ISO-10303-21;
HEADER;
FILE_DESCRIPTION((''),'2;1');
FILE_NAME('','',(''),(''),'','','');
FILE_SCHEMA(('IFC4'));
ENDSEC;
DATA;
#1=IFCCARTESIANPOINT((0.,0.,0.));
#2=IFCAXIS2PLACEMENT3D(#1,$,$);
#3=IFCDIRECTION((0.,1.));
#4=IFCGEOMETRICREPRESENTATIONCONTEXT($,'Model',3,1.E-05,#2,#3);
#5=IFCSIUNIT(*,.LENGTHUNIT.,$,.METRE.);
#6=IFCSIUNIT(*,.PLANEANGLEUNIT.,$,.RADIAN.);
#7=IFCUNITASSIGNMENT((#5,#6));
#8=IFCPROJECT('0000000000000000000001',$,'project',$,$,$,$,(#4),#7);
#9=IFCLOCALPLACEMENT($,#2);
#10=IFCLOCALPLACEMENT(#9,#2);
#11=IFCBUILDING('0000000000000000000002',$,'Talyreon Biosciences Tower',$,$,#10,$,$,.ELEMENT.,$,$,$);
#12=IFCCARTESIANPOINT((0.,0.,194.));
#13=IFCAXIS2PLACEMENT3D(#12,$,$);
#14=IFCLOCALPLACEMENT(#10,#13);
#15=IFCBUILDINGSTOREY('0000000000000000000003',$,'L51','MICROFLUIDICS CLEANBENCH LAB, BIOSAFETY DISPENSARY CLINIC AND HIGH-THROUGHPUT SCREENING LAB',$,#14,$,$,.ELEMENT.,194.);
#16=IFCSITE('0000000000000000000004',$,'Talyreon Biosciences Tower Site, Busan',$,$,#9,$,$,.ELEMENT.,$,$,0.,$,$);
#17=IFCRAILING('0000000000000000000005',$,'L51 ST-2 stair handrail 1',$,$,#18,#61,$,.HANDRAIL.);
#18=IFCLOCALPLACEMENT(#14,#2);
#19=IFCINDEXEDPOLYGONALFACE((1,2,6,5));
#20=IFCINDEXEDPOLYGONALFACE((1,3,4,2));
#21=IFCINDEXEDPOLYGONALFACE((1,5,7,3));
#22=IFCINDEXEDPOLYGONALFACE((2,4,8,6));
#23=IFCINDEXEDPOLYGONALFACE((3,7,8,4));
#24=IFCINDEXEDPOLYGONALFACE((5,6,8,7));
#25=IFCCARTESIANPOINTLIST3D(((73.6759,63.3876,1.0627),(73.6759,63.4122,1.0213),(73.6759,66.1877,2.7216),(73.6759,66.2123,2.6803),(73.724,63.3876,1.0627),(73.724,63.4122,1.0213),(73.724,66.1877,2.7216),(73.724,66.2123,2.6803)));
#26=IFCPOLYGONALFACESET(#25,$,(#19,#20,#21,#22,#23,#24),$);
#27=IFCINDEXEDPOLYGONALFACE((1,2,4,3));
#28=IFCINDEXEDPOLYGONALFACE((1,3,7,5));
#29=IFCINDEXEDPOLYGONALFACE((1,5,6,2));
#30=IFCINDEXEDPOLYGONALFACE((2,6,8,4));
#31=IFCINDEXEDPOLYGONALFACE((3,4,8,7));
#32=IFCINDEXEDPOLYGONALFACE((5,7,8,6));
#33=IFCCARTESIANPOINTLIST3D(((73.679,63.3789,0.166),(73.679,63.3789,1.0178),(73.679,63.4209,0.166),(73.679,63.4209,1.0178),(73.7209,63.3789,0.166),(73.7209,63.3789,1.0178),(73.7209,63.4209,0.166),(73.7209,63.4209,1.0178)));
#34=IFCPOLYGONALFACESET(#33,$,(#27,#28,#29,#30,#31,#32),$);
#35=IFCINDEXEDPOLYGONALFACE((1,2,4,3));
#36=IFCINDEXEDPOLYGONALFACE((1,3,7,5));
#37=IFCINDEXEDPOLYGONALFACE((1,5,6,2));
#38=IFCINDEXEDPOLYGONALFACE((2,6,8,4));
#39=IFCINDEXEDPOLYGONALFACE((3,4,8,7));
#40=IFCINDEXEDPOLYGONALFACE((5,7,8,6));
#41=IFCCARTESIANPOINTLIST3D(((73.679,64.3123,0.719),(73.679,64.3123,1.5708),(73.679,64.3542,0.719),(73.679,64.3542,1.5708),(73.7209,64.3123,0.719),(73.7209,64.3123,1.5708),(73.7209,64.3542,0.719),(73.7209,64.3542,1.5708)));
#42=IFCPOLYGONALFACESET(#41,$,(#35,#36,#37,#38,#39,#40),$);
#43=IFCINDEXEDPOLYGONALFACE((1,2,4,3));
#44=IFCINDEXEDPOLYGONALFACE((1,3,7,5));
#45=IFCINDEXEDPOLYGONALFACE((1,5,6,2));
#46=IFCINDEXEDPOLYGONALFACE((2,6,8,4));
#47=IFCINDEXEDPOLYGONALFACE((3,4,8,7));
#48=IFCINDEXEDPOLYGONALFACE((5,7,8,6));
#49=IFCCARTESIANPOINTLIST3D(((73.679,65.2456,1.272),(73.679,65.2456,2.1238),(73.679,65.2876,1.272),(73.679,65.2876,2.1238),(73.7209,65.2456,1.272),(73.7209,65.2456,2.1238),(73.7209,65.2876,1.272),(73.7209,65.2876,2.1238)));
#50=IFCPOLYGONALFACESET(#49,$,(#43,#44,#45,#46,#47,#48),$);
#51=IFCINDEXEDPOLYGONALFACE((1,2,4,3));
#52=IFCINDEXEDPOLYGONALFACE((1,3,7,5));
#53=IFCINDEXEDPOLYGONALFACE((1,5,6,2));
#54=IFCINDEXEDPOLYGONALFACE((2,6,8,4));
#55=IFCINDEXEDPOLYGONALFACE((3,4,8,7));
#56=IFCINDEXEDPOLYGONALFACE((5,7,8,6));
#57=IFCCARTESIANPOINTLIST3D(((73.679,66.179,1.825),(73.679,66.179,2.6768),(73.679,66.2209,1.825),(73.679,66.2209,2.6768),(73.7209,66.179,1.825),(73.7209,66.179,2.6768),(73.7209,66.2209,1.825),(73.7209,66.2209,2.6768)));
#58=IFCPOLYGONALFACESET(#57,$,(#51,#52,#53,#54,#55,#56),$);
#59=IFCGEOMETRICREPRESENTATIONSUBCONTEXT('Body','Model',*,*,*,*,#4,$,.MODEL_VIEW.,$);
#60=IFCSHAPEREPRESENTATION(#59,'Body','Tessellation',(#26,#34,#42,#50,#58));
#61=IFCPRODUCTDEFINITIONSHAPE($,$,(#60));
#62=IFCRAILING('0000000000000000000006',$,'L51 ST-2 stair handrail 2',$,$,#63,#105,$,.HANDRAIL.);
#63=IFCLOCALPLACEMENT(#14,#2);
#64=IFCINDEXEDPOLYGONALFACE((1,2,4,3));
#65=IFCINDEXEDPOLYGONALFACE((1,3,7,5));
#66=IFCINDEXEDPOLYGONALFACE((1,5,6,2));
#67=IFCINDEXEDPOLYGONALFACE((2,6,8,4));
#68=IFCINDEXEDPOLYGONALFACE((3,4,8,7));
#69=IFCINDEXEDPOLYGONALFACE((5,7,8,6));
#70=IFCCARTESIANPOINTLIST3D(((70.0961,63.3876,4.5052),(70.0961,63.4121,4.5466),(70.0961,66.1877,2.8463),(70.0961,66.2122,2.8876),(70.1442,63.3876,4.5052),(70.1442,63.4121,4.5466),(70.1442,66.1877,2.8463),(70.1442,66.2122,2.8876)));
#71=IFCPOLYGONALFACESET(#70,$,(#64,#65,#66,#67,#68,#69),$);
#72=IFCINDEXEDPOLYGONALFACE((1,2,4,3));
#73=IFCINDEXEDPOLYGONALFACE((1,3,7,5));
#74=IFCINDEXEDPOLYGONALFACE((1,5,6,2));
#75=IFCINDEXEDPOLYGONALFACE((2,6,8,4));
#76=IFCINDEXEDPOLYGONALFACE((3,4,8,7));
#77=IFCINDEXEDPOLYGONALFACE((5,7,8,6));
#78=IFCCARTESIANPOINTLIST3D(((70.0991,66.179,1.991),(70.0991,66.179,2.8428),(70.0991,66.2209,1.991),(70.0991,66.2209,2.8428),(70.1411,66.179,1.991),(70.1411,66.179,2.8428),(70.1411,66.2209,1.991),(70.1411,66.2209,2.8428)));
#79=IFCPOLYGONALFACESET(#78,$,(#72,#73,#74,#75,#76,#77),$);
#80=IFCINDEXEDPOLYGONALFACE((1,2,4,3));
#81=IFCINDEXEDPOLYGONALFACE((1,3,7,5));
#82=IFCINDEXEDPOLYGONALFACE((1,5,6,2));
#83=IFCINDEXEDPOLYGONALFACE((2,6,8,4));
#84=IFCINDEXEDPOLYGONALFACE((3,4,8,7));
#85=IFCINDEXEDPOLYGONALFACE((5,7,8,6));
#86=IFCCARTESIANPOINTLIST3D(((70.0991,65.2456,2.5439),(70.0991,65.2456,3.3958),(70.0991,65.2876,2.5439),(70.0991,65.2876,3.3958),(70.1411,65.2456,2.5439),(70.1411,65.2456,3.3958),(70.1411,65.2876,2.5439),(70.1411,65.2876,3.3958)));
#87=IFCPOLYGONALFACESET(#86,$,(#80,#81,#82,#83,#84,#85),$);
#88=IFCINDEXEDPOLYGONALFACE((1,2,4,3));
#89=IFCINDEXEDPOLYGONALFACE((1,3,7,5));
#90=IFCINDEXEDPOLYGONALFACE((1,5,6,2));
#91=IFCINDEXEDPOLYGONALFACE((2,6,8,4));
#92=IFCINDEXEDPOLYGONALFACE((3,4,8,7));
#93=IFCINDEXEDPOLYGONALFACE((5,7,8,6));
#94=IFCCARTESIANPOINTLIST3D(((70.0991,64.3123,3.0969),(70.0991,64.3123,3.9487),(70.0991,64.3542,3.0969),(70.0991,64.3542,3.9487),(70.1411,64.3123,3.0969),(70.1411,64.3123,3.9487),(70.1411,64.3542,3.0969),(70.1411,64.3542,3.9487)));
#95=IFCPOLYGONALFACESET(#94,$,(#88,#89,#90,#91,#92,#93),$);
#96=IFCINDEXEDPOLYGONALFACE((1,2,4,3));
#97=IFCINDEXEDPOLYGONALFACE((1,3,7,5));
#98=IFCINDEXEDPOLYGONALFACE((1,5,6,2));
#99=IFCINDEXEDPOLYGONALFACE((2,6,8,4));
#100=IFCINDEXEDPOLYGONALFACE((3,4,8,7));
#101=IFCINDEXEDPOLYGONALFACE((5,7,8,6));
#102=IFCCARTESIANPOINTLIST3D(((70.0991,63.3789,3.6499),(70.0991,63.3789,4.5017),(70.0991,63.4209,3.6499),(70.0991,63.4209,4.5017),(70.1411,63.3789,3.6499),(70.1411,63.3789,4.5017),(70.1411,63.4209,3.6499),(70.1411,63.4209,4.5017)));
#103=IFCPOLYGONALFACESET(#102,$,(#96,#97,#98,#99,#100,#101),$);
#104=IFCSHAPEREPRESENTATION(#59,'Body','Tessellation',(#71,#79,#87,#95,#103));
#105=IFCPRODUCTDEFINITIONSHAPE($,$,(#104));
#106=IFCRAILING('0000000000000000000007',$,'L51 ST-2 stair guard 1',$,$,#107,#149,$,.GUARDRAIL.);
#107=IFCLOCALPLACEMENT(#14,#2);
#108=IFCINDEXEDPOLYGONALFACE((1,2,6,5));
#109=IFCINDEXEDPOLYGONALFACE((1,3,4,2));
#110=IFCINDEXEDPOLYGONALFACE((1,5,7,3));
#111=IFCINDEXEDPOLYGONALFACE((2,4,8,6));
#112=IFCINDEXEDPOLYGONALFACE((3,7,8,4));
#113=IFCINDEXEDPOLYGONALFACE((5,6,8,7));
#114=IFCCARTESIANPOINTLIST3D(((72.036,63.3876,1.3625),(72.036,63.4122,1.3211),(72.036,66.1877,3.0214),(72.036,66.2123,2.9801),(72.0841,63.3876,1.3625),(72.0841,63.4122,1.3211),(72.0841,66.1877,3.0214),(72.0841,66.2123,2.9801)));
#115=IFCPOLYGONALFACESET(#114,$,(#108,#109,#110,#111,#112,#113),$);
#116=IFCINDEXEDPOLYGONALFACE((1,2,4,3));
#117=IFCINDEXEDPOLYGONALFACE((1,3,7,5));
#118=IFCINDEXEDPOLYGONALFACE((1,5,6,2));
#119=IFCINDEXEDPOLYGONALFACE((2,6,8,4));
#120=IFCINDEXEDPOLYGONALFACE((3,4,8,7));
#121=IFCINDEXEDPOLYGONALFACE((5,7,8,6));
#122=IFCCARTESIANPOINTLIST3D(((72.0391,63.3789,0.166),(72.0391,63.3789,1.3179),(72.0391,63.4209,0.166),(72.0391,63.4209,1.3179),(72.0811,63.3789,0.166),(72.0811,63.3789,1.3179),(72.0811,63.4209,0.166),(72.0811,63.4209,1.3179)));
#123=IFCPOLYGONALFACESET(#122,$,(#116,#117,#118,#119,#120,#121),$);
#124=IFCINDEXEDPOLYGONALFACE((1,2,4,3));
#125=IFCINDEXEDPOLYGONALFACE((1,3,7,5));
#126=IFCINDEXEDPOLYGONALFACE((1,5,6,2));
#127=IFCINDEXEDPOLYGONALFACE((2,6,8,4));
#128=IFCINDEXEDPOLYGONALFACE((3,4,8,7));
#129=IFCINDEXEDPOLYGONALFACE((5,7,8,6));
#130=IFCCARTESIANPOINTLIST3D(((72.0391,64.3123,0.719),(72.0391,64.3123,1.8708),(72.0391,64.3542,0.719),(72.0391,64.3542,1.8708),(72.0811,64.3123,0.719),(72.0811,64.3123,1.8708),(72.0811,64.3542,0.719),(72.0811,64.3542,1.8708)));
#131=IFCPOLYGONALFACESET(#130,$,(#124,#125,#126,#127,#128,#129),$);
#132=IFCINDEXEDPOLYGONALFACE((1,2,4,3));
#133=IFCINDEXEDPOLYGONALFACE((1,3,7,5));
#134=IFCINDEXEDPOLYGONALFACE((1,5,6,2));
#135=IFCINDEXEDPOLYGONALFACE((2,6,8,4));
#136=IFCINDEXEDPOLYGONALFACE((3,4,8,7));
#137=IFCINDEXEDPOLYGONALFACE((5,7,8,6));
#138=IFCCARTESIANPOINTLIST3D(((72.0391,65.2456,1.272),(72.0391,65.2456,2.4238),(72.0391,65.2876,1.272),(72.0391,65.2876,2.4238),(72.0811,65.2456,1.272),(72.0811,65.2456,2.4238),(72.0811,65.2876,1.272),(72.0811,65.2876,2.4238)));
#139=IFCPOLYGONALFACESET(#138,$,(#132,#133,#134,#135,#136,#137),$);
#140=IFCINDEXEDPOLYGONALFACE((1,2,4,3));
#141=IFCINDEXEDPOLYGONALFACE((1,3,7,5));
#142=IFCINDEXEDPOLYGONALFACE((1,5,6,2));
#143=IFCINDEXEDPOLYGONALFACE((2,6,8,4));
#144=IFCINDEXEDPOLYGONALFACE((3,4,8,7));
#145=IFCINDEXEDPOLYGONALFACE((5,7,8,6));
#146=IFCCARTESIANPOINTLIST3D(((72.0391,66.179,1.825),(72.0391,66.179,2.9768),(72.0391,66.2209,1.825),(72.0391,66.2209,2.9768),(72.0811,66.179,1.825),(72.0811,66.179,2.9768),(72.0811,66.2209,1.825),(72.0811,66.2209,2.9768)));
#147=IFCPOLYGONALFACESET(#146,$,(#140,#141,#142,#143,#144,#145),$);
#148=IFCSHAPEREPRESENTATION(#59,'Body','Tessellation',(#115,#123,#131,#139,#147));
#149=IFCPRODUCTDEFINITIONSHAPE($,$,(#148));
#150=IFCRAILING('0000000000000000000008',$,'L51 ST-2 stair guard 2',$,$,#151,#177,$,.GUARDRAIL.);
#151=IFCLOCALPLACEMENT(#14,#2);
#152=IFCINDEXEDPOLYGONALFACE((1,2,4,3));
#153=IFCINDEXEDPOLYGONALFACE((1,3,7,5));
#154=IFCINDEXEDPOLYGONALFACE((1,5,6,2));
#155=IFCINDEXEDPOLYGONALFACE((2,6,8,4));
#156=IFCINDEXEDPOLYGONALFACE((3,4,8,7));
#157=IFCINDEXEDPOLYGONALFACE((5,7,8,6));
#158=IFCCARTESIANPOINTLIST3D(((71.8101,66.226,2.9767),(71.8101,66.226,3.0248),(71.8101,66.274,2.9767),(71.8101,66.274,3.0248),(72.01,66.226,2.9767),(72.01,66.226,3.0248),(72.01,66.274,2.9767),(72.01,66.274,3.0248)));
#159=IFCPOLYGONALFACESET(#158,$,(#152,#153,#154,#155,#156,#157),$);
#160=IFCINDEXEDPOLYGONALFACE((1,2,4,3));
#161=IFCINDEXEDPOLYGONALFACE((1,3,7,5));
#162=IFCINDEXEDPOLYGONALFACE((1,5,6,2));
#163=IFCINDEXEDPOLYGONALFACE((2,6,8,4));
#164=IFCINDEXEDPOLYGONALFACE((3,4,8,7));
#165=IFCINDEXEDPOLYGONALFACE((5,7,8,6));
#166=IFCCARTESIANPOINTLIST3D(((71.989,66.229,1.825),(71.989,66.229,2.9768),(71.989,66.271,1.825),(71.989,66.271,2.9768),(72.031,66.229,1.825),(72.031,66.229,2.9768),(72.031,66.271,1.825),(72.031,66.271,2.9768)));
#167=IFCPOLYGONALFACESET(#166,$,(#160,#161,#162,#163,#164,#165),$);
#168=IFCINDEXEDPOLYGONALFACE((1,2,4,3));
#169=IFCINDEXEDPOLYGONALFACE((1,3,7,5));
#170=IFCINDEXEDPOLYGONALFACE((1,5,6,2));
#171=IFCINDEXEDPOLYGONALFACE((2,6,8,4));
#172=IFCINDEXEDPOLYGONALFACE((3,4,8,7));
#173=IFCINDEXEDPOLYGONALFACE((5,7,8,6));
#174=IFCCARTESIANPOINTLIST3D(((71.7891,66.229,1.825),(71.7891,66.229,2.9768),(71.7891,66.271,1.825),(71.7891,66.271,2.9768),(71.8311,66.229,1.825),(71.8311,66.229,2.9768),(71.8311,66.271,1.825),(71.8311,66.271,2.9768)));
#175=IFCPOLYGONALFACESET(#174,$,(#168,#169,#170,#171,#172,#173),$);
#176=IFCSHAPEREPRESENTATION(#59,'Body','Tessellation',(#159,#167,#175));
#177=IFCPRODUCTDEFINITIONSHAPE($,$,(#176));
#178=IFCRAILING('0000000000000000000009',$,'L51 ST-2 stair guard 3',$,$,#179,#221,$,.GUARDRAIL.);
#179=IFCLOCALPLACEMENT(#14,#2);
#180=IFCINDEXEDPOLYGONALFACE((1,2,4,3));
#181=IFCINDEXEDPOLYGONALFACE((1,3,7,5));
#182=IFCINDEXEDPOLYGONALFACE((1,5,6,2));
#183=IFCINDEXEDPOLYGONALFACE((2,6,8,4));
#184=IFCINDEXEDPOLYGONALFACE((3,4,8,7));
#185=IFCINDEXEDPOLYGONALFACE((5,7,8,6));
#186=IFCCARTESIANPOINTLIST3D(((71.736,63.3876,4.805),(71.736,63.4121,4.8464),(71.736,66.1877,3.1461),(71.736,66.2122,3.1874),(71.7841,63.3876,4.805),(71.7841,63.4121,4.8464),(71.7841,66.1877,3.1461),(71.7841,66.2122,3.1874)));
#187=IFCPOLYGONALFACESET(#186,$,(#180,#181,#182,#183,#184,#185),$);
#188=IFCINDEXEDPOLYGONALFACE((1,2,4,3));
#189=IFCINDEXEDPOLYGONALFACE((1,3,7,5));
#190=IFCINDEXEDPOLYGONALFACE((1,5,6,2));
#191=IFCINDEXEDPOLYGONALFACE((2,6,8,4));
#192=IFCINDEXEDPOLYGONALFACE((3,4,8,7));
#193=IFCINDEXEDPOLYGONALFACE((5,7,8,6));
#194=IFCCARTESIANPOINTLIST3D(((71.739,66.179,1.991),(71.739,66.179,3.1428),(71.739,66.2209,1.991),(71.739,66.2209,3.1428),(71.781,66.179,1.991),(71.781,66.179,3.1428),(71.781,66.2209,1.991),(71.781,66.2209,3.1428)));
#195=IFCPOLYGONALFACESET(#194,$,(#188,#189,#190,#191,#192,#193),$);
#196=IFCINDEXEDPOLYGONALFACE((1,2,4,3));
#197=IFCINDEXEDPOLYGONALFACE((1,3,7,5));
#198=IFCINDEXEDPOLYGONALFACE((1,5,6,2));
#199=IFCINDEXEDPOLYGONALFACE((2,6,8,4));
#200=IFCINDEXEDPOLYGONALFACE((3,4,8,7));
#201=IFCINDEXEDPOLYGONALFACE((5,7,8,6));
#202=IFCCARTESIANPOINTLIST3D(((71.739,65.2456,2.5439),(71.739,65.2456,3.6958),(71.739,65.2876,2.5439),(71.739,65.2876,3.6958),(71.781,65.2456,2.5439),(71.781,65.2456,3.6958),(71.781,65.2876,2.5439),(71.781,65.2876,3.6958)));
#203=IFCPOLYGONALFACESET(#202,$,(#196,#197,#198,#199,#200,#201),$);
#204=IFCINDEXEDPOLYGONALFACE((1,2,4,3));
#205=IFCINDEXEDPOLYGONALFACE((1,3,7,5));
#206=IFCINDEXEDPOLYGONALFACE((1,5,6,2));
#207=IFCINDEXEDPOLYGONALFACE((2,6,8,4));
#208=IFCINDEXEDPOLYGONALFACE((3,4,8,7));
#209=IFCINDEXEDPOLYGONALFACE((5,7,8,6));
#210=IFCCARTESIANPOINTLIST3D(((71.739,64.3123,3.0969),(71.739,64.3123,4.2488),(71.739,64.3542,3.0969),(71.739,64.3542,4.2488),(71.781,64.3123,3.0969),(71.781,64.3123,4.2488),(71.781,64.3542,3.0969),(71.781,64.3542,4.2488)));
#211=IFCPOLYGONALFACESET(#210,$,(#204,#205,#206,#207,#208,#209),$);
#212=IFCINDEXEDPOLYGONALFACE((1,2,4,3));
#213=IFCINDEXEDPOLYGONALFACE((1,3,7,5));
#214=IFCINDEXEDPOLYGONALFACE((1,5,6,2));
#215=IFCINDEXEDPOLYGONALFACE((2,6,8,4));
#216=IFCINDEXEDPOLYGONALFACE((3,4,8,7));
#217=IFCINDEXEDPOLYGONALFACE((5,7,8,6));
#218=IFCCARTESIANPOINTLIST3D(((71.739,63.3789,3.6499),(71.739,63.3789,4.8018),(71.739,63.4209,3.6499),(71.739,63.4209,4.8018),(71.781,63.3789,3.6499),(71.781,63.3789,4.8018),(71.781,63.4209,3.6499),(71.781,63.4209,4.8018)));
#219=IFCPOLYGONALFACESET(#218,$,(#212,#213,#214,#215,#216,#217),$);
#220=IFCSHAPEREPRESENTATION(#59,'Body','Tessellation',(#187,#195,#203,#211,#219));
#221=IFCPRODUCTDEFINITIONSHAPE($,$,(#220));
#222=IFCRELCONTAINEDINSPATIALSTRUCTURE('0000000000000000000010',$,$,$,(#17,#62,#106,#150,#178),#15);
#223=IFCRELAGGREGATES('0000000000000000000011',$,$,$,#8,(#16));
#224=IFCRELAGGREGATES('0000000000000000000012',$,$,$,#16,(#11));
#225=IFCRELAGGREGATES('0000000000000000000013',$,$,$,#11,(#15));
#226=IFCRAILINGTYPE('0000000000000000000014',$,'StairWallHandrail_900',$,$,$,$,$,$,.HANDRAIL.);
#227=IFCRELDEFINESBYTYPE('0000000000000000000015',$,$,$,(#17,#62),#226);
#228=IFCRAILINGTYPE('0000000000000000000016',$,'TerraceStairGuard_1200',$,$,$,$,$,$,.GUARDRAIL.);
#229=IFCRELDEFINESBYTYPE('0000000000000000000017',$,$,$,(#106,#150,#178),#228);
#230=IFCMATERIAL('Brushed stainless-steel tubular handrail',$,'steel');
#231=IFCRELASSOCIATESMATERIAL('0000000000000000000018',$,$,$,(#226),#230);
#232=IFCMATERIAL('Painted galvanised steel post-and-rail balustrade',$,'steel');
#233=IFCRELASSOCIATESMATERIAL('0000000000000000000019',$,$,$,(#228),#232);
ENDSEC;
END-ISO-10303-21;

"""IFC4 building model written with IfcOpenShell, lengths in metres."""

from ifc_helpers import new_model, si_unit, direction, frame, origin, origin_2d, place, context, subcontext, project, spatial, rectangle, extrude, material, type_object, element, save


model = new_model("IFC4")

# Units and contexts
model_context = context("Model", 3, precision=1e-05, world=origin(), true_north=direction((0.0, 1.0)))
body_context = subcontext(model_context, "Body", "Model", "MODEL_VIEW")
ifc_project = project(units=[si_unit("LENGTHUNIT", "METRE"), si_unit("PLANEANGLEUNIT", "RADIAN")], contexts=[model_context])

# Site, building, storey
site_placement = place(None, origin())
site = spatial("IfcSite", under=ifc_project, at=site_placement, Name="Talyreon Biosciences Tower Site, Busan", CompositionType="ELEMENT", RefElevation=0.0)
building_placement = place(site_placement, origin())
building = spatial("IfcBuilding", under=site, at=building_placement, Name="Talyreon Biosciences Tower", CompositionType="ELEMENT")
storey_placement = place(building_placement, frame((0.0, 0.0, 194.0)))
storey = spatial("IfcBuildingStorey", under=building, at=storey_placement, Name="L51", Description="MICROFLUIDICS CLEANBENCH LAB, BIOSAFETY DISPENSARY CLINIC AND HIGH-THROUGHPUT SCREENING LAB", CompositionType="ELEMENT", Elevation=194.0)

# Railings
ifc_material_1 = material(Name="Brushed stainless-steel tubular handrail", Category="steel")
railing_type_1 = type_object("IfcRailingType", Name="StairWallHandrail_900", PredefinedType="HANDRAIL", material=ifc_material_1)
railing_1_placement = place(storey_placement, frame((73.7, 63.3999, 0.166)))
element("IfcRailing", 1, at=railing_1_placement, inside=storey, type_object=railing_type_1, Name="L51 ST-2 stair handrail 1", PredefinedType="HANDRAIL", context=body_context, shape_type="SweptSolid", body=[
    extrude(rectangle(XDim=0.0481, YDim=0.0481, at=origin_2d()), frame((0.0, 0.0, 0.876), z_axis=(0.0, 0.860339, 0.509722), x_axis=(-1.0, 0.0, 0.0)), (0.0, 0.0, 1.0), 3.2546),
    extrude(rectangle(XDim=0.042, YDim=0.042, at=origin_2d()), origin(), (0.0, 0.0, 1.0), 0.8518),
    extrude(rectangle(XDim=0.042, YDim=0.042, at=origin_2d()), frame((0.0, 0.9333, 0.553)), (0.0, 0.0, 1.0), 0.8518),
    extrude(rectangle(XDim=0.042, YDim=0.042, at=origin_2d()), frame((0.0, 1.8667, 1.106)), (0.0, 0.0, 1.0), 0.8518),
    extrude(rectangle(XDim=0.042, YDim=0.042, at=origin_2d()), frame((0.0, 2.8, 1.6589)), (0.0, 0.0, 1.0), 0.8518),
])
railing_2_placement = place(storey_placement, frame((70.1201, 66.2, 1.991)))
element("IfcRailing", 2, at=railing_2_placement, inside=storey, type_object=railing_type_1, Name="L51 ST-2 stair handrail 2", PredefinedType="HANDRAIL", context=body_context, shape_type="SweptSolid", body=[
    extrude(rectangle(XDim=0.0481, YDim=0.0481, at=origin_2d()), frame((0.0, 0.0, 0.876), z_axis=(0.0, -0.860339, 0.509722), x_axis=(1.0, 0.0, 0.0)), (0.0, 0.0, 1.0), 3.2546),
    extrude(rectangle(XDim=0.042, YDim=0.042, at=origin_2d()), origin(), (0.0, 0.0, 1.0), 0.8518),
    extrude(rectangle(XDim=0.042, YDim=0.042, at=origin_2d()), frame((0.0, -0.9333, 0.553)), (0.0, 0.0, 1.0), 0.8518),
    extrude(rectangle(XDim=0.042, YDim=0.042, at=origin_2d()), frame((0.0, -1.8667, 1.106)), (0.0, 0.0, 1.0), 0.8518),
    extrude(rectangle(XDim=0.042, YDim=0.042, at=origin_2d()), frame((0.0, -2.8, 1.6589)), (0.0, 0.0, 1.0), 0.8518),
])
ifc_material_2 = material(Name="Painted galvanised steel post-and-rail balustrade", Category="steel")
railing_type_2 = type_object("IfcRailingType", Name="TerraceStairGuard_1200", PredefinedType="GUARDRAIL", material=ifc_material_2)
railing_3_placement = place(storey_placement, frame((72.0601, 63.3999, 0.166)))
element("IfcRailing", 3, at=railing_3_placement, inside=storey, type_object=railing_type_2, Name="L51 ST-2 stair guard 1", PredefinedType="GUARDRAIL", context=body_context, shape_type="SweptSolid", body=[
    extrude(rectangle(XDim=0.0481, YDim=0.0481, at=origin_2d()), frame((0.0, 0.0, 1.1758), z_axis=(0.0, 0.860339, 0.509722), x_axis=(-1.0, 0.0, 0.0)), (0.0, 0.0, 1.0), 3.2546),
    extrude(rectangle(XDim=0.042, YDim=0.042, at=origin_2d()), origin(), (0.0, 0.0, 1.0), 1.1519),
    extrude(rectangle(XDim=0.042, YDim=0.042, at=origin_2d()), frame((0.0, 0.9333, 0.553)), (0.0, 0.0, 1.0), 1.1519),
    extrude(rectangle(XDim=0.042, YDim=0.042, at=origin_2d()), frame((0.0, 1.8667, 1.106)), (0.0, 0.0, 1.0), 1.1519),
    extrude(rectangle(XDim=0.042, YDim=0.042, at=origin_2d()), frame((0.0, 2.8, 1.6589)), (0.0, 0.0, 1.0), 1.1519),
])
railing_4_placement = place(storey_placement, frame((72.01, 66.25, 1.825)))
element("IfcRailing", 4, at=railing_4_placement, inside=storey, type_object=railing_type_2, Name="L51 ST-2 stair guard 2", PredefinedType="GUARDRAIL", context=body_context, shape_type="SweptSolid", body=[
    extrude(rectangle(XDim=0.0481, YDim=0.0481, at=origin_2d()), frame((0.0, 0.0, 1.1758), z_axis=(-1.0, 0.0, 0.0), x_axis=(0.0, -1.0, 0.0)), (0.0, 0.0, 1.0), 0.2),
    extrude(rectangle(XDim=0.042, YDim=0.042, at=origin_2d()), origin(), (0.0, 0.0, 1.0), 1.1519),
    extrude(rectangle(XDim=0.042, YDim=0.042, at=origin_2d()), frame((-0.2, 0.0, 0.0)), (0.0, 0.0, 1.0), 1.1519),
])
railing_5_placement = place(storey_placement, frame((71.76, 66.2, 1.991)))
element("IfcRailing", 5, at=railing_5_placement, inside=storey, type_object=railing_type_2, Name="L51 ST-2 stair guard 3", PredefinedType="GUARDRAIL", context=body_context, shape_type="SweptSolid", body=[
    extrude(rectangle(XDim=0.0481, YDim=0.0481, at=origin_2d()), frame((0.0, 0.0, 1.1758), z_axis=(0.0, -0.860339, 0.509722), x_axis=(1.0, 0.0, 0.0)), (0.0, 0.0, 1.0), 3.2546),
    extrude(rectangle(XDim=0.042, YDim=0.042, at=origin_2d()), origin(), (0.0, 0.0, 1.0), 1.1519),
    extrude(rectangle(XDim=0.042, YDim=0.042, at=origin_2d()), frame((0.0, -0.9333, 0.553)), (0.0, 0.0, 1.0), 1.1519),
    extrude(rectangle(XDim=0.042, YDim=0.042, at=origin_2d()), frame((0.0, -1.8667, 1.106)), (0.0, 0.0, 1.0), 1.1519),
    extrude(rectangle(XDim=0.042, YDim=0.042, at=origin_2d()), frame((0.0, -2.8, 1.6589)), (0.0, 0.0, 1.0), 1.1519),
])

save(model, "model.ifc")
